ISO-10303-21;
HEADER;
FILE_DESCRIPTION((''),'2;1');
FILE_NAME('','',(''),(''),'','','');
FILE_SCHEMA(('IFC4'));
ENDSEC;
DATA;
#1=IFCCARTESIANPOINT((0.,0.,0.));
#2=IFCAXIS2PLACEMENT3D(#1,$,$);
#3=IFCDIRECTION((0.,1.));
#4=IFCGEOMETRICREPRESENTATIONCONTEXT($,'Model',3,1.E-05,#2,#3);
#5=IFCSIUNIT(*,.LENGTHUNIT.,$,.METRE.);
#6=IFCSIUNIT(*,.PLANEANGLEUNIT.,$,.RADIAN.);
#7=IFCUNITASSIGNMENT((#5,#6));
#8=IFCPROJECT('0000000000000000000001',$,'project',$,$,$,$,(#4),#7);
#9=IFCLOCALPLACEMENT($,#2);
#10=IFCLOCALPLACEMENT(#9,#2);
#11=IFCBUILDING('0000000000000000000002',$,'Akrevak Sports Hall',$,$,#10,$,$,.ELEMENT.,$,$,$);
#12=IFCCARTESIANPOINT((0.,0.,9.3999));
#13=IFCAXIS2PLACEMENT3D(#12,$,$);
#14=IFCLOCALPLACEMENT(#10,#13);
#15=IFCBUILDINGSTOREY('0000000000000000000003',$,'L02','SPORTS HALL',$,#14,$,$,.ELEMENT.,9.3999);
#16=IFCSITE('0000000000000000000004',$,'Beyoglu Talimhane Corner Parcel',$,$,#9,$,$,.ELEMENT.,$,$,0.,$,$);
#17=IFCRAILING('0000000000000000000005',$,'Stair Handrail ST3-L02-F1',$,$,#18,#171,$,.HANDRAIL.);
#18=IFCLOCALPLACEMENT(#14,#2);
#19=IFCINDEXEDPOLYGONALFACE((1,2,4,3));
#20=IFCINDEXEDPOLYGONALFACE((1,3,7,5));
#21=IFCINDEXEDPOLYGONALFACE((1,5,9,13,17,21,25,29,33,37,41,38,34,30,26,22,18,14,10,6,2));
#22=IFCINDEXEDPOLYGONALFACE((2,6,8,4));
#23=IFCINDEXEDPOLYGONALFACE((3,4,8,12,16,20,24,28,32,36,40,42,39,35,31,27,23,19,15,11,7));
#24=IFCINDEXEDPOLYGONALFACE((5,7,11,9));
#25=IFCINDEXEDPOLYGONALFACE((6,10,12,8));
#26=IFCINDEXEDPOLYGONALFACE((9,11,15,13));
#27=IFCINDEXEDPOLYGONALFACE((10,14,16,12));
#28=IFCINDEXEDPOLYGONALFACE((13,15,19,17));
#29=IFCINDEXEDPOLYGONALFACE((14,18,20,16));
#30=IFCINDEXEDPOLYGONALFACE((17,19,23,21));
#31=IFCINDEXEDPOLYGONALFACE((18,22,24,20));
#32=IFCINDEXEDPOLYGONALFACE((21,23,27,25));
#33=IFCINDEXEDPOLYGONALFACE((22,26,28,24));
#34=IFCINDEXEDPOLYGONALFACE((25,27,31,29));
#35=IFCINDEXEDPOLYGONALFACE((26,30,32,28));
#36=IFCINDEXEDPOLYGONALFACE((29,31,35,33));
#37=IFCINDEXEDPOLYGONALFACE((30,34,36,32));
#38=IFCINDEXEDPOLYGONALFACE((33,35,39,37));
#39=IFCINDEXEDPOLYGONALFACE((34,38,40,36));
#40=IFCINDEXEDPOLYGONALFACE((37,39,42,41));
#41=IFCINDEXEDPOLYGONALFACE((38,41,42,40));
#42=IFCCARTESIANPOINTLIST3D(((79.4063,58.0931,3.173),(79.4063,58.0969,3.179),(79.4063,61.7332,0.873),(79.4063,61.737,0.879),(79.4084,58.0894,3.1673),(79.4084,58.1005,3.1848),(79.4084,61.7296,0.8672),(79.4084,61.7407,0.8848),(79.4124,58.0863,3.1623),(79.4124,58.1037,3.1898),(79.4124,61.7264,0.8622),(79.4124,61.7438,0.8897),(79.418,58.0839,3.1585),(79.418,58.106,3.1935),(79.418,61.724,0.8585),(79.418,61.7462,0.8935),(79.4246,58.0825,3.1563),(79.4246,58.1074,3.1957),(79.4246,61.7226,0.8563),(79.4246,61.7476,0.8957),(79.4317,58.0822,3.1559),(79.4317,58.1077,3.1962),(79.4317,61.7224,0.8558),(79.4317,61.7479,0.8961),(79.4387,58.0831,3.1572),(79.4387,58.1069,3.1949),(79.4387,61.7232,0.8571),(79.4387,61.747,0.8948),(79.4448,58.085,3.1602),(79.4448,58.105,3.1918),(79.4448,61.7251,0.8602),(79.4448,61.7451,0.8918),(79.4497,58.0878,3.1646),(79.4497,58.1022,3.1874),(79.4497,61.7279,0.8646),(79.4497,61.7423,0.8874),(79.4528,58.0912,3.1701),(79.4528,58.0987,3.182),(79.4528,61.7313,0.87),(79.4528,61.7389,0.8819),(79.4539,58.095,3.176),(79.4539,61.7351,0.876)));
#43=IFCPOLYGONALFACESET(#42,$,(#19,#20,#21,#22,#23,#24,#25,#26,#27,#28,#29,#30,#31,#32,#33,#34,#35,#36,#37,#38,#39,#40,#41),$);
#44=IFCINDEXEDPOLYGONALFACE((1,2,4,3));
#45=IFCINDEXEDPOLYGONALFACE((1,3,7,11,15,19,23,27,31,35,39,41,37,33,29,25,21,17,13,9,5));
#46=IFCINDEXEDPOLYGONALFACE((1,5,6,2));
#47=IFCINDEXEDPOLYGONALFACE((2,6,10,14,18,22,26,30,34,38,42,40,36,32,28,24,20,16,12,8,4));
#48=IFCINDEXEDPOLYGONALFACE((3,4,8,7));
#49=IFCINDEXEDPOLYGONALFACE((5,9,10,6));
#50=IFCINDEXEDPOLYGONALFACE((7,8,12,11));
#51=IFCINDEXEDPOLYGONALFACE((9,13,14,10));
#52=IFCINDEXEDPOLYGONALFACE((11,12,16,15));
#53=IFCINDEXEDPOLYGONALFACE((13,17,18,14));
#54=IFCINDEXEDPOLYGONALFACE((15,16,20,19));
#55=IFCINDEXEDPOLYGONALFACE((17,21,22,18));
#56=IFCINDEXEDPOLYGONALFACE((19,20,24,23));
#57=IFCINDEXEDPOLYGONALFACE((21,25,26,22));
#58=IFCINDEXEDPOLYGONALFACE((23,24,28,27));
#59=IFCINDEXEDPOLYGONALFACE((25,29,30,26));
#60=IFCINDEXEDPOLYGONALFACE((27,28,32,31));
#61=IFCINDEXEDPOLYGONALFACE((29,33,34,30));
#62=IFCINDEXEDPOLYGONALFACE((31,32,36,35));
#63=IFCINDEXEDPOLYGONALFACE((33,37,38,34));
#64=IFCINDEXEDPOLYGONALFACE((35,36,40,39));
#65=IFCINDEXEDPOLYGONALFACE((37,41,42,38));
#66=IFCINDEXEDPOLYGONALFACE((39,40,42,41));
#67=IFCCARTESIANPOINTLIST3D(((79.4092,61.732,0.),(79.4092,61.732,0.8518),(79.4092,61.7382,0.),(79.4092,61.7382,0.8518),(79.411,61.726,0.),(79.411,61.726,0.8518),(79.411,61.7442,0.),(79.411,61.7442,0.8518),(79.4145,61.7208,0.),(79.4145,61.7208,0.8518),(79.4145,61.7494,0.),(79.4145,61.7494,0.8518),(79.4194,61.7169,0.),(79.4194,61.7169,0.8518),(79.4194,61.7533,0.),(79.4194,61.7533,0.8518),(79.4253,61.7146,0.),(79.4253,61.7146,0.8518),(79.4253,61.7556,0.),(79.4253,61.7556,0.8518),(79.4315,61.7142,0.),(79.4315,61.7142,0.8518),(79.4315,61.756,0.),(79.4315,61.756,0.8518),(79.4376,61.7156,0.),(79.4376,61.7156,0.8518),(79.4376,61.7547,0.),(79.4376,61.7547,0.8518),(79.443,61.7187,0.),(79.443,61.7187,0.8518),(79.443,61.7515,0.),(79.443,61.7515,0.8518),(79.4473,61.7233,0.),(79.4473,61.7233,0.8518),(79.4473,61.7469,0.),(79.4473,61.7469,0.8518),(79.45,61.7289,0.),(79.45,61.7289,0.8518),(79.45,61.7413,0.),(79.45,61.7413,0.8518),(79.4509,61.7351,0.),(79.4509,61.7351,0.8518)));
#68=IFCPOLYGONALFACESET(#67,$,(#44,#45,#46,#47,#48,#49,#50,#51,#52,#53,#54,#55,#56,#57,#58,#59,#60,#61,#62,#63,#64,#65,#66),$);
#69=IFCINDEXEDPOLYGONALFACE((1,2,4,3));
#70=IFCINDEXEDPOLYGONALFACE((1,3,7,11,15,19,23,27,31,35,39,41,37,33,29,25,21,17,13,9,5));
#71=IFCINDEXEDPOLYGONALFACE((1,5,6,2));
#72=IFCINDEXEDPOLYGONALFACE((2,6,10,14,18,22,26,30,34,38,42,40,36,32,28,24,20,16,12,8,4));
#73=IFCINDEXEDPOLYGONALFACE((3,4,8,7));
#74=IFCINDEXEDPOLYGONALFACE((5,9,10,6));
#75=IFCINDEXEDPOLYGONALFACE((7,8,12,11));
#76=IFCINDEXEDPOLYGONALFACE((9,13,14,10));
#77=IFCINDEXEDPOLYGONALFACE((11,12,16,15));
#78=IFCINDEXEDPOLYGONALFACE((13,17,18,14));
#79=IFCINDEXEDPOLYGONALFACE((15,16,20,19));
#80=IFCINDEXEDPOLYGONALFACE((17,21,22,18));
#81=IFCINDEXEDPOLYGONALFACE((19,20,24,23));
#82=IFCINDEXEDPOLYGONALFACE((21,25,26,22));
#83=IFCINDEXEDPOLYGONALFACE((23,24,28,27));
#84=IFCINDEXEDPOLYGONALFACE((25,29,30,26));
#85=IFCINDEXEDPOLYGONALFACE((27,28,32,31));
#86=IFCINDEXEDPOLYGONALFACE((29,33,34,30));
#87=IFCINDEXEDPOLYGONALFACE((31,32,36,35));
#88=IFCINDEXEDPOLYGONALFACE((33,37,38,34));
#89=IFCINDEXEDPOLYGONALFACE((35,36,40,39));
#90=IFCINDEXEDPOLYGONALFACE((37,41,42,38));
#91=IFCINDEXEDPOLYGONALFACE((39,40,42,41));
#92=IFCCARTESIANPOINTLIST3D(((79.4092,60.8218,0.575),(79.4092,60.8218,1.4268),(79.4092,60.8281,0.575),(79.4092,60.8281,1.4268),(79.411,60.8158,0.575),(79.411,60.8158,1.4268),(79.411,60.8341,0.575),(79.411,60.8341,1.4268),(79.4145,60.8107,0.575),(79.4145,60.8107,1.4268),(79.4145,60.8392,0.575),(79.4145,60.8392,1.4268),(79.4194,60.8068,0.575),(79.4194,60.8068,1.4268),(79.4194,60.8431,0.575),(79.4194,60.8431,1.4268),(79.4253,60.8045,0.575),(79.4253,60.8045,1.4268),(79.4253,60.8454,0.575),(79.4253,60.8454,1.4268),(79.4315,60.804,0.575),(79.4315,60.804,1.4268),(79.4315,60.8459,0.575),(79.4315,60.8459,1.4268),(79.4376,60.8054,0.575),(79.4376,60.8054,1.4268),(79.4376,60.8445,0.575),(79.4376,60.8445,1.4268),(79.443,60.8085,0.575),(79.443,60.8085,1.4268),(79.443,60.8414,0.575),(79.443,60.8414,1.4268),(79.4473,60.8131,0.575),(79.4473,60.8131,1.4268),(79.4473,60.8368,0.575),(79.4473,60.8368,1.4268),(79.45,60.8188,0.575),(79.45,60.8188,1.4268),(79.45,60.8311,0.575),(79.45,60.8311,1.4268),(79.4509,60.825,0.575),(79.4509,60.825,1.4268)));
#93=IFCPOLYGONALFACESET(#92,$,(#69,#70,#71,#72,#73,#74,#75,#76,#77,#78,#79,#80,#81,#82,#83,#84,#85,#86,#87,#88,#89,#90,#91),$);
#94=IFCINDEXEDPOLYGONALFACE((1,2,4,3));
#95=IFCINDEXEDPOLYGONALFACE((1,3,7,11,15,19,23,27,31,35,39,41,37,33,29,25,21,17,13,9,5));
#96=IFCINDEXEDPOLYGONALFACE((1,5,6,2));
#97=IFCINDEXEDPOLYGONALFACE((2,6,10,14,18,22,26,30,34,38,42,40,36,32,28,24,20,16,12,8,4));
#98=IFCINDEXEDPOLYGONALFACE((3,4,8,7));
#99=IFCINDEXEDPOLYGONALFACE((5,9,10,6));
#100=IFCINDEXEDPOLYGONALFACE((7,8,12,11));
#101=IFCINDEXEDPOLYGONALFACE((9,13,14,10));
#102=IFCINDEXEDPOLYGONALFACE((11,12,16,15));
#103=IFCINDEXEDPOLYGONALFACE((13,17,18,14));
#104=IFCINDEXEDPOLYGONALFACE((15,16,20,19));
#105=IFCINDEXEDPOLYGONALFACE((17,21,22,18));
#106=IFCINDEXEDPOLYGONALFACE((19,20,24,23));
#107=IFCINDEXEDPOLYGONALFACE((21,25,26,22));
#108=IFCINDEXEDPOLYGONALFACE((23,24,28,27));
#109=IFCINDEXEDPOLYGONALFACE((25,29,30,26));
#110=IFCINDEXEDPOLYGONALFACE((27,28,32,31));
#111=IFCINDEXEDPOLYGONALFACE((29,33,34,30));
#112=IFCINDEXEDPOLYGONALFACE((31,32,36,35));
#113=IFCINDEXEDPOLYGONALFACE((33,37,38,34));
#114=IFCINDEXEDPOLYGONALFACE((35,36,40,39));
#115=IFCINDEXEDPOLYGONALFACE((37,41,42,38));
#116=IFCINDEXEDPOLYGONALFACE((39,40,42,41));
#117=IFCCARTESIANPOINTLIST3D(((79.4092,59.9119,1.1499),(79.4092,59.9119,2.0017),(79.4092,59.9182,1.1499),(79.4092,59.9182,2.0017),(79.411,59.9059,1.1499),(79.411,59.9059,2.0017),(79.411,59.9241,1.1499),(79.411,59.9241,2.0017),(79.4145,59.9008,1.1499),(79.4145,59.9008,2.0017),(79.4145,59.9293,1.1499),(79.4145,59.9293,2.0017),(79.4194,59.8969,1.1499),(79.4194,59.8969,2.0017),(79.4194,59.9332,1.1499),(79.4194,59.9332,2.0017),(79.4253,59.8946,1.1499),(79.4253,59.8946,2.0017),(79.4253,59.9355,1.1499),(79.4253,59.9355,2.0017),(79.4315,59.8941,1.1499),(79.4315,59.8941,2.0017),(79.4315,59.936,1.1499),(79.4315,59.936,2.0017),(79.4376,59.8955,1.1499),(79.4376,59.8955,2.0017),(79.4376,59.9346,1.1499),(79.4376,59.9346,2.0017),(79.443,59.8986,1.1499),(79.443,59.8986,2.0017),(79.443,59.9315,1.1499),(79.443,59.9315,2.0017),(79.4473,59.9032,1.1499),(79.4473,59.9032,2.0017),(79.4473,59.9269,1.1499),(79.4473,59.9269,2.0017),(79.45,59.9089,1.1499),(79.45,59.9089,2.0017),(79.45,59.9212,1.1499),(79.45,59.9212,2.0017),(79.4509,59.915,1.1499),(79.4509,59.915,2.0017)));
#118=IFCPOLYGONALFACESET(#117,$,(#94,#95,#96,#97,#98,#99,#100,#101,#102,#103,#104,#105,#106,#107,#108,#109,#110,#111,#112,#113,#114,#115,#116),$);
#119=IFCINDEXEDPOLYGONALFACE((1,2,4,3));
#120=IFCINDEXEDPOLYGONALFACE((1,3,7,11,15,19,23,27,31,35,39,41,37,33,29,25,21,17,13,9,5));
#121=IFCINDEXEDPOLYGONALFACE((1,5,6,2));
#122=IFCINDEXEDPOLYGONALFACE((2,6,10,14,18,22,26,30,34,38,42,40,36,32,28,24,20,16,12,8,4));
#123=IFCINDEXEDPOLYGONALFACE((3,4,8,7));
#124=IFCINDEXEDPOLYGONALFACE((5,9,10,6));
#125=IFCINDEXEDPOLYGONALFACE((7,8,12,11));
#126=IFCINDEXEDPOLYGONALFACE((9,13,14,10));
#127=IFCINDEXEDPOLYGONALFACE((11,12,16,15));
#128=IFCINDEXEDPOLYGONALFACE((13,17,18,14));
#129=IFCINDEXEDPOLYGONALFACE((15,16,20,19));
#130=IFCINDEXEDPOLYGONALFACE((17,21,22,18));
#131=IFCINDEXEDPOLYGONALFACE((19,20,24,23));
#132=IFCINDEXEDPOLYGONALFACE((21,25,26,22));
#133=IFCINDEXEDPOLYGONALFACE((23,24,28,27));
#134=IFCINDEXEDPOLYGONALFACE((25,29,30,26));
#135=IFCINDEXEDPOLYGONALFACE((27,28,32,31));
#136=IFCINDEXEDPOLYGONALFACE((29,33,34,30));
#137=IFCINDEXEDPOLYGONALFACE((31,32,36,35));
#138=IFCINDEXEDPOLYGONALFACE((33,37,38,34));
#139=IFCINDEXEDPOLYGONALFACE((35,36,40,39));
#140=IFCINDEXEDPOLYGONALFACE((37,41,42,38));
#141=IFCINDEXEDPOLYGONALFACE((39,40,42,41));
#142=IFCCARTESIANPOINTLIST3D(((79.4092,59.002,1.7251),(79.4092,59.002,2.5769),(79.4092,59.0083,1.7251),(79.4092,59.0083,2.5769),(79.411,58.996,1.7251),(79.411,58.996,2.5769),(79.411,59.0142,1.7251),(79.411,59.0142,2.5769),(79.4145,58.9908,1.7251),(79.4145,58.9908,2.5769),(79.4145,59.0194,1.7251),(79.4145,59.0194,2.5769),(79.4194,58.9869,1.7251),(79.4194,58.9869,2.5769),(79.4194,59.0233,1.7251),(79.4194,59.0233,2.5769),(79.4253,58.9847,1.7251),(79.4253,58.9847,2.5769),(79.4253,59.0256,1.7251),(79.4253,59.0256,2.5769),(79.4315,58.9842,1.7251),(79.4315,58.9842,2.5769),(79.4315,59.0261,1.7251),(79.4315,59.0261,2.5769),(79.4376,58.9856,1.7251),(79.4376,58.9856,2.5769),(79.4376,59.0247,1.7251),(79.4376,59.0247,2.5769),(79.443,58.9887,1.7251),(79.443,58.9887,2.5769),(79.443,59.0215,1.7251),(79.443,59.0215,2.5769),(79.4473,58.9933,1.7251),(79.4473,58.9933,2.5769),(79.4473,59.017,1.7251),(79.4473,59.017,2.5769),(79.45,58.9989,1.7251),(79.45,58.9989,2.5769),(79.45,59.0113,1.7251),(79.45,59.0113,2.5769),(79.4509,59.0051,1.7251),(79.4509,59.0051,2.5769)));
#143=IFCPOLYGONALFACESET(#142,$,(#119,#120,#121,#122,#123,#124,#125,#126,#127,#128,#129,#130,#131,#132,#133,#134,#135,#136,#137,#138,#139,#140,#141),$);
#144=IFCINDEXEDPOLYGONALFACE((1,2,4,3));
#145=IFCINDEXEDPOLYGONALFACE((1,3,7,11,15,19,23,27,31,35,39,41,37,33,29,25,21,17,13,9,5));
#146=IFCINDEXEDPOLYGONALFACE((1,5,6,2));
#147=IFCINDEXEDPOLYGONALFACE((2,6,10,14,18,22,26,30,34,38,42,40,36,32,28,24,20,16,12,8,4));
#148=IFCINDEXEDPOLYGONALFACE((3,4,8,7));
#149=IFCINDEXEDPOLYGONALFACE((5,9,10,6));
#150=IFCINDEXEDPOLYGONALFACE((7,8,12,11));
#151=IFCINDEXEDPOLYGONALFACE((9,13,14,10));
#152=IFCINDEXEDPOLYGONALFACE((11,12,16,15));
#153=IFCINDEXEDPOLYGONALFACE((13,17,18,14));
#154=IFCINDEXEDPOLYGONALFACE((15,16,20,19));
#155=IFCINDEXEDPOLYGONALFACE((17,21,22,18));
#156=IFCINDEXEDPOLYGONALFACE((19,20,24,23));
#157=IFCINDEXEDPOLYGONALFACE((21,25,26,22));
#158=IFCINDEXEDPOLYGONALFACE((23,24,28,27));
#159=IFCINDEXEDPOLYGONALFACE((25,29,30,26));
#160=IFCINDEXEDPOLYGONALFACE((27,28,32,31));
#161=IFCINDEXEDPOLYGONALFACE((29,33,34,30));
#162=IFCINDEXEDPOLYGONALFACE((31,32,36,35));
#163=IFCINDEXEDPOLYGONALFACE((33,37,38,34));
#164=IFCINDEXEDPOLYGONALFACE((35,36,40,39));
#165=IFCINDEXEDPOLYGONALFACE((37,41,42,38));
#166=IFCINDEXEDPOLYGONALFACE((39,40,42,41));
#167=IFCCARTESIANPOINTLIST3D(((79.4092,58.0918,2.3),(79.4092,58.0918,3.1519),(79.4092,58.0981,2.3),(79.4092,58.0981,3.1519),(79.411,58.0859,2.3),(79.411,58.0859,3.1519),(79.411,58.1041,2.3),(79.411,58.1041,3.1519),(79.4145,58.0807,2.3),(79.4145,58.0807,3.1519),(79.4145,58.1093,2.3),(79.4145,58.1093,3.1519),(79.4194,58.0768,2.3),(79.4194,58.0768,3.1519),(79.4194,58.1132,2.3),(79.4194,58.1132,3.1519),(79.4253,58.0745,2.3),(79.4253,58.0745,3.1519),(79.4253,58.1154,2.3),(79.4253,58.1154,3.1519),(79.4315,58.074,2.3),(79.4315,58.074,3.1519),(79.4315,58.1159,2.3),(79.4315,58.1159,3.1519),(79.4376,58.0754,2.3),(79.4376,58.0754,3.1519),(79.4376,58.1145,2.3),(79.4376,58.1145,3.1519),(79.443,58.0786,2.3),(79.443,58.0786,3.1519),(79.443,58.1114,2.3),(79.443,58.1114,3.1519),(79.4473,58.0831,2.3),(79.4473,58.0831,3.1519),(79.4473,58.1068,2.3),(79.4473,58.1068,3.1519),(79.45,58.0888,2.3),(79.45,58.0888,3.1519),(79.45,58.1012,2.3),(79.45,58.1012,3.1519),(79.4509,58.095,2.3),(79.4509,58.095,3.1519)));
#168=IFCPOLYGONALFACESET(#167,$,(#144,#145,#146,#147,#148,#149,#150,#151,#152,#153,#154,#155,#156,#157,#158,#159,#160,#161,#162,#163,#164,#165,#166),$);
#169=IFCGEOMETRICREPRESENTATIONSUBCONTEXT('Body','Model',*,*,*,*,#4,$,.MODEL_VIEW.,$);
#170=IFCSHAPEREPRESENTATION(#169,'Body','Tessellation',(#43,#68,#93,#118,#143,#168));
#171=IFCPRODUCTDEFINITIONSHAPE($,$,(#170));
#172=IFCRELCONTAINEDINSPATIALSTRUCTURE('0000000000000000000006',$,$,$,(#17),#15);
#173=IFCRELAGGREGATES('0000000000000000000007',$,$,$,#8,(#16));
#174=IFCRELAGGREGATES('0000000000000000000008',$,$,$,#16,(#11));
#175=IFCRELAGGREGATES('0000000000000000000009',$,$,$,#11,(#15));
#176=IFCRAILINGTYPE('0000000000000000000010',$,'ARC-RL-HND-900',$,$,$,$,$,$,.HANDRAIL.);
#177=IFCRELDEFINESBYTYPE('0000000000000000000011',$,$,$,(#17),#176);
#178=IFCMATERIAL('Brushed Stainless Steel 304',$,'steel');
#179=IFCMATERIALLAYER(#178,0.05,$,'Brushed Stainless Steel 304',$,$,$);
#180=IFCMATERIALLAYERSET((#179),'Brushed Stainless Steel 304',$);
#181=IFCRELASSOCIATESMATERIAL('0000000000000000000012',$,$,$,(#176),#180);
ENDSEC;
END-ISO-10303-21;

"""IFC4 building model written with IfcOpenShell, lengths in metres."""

from ifc_helpers import new_model, si_unit, direction, frame, origin, origin_2d, place, context, subcontext, project, spatial, circle, extrude, material, layer, layer_set, type_object, element, save


model = new_model("IFC4")

# Units and contexts
model_context = context("Model", 3, precision=1e-05, world=origin(), true_north=direction((0.0, 1.0)))
body_context = subcontext(model_context, "Body", "Model", "MODEL_VIEW")
ifc_project = project(units=[si_unit("LENGTHUNIT", "METRE"), si_unit("PLANEANGLEUNIT", "RADIAN")], contexts=[model_context])

# Site, building, storey
site_placement = place(None, origin())
site = spatial("IfcSite", under=ifc_project, at=site_placement, Name="Beyoglu Talimhane Corner Parcel", CompositionType="ELEMENT", RefElevation=0.0)
building_placement = place(site_placement, origin())
building = spatial("IfcBuilding", under=site, at=building_placement, Name="Akrevak Sports Hall", CompositionType="ELEMENT")
storey_placement = place(building_placement, frame((0.0, 0.0, 9.3999)))
storey = spatial("IfcBuildingStorey", under=building, at=storey_placement, Name="L02", Description="SPORTS HALL", CompositionType="ELEMENT", Elevation=9.3999)

# Railing
ifc_material_1 = material(Name="Brushed Stainless Steel 304", Category="steel")
ifc_layer_1 = layer(ifc_material_1, 0.05, Name="Brushed Stainless Steel 304")
ifc_layer_set_1 = layer_set([ifc_layer_1], Name="Brushed Stainless Steel 304")
railing_type_1 = type_object("IfcRailingType", Name="ARC-RL-HND-900", PredefinedType="HANDRAIL", material=ifc_layer_set_1)
railing_1_placement = place(storey_placement, frame((79.4299, 61.7351, 0.0)))
element("IfcRailing", 1, at=railing_1_placement, inside=storey, type_object=railing_type_1, Name="Stair Handrail ST3-L02-F1", PredefinedType="HANDRAIL", context=body_context, shape_type="SweptSolid", body=[
    extrude(circle(Radius=0.0239, at=origin_2d()), frame((0.0, 0.0, 0.876), z_axis=(0.0, -0.845382, 0.534162), x_axis=(1.0, 0.0, 0.0)), (0.0, 0.0, 1.0), 4.3059),
    extrude(circle(Radius=0.021, at=origin_2d()), origin(), (0.0, 0.0, 1.0), 0.8518),
    extrude(circle(Radius=0.021, at=origin_2d()), frame((0.0, -0.9102, 0.575)), (0.0, 0.0, 1.0), 0.8518),
    extrude(circle(Radius=0.021, at=origin_2d()), frame((0.0, -1.8201, 1.1499)), (0.0, 0.0, 1.0), 0.8518),
    extrude(circle(Radius=0.021, at=origin_2d()), frame((0.0, -2.73, 1.7251)), (0.0, 0.0, 1.0), 0.8518),
    extrude(circle(Radius=0.021, at=origin_2d()), frame((0.0, -3.6401, 2.3)), (0.0, 0.0, 1.0), 0.8518),
])

save(model, "model.ifc")
